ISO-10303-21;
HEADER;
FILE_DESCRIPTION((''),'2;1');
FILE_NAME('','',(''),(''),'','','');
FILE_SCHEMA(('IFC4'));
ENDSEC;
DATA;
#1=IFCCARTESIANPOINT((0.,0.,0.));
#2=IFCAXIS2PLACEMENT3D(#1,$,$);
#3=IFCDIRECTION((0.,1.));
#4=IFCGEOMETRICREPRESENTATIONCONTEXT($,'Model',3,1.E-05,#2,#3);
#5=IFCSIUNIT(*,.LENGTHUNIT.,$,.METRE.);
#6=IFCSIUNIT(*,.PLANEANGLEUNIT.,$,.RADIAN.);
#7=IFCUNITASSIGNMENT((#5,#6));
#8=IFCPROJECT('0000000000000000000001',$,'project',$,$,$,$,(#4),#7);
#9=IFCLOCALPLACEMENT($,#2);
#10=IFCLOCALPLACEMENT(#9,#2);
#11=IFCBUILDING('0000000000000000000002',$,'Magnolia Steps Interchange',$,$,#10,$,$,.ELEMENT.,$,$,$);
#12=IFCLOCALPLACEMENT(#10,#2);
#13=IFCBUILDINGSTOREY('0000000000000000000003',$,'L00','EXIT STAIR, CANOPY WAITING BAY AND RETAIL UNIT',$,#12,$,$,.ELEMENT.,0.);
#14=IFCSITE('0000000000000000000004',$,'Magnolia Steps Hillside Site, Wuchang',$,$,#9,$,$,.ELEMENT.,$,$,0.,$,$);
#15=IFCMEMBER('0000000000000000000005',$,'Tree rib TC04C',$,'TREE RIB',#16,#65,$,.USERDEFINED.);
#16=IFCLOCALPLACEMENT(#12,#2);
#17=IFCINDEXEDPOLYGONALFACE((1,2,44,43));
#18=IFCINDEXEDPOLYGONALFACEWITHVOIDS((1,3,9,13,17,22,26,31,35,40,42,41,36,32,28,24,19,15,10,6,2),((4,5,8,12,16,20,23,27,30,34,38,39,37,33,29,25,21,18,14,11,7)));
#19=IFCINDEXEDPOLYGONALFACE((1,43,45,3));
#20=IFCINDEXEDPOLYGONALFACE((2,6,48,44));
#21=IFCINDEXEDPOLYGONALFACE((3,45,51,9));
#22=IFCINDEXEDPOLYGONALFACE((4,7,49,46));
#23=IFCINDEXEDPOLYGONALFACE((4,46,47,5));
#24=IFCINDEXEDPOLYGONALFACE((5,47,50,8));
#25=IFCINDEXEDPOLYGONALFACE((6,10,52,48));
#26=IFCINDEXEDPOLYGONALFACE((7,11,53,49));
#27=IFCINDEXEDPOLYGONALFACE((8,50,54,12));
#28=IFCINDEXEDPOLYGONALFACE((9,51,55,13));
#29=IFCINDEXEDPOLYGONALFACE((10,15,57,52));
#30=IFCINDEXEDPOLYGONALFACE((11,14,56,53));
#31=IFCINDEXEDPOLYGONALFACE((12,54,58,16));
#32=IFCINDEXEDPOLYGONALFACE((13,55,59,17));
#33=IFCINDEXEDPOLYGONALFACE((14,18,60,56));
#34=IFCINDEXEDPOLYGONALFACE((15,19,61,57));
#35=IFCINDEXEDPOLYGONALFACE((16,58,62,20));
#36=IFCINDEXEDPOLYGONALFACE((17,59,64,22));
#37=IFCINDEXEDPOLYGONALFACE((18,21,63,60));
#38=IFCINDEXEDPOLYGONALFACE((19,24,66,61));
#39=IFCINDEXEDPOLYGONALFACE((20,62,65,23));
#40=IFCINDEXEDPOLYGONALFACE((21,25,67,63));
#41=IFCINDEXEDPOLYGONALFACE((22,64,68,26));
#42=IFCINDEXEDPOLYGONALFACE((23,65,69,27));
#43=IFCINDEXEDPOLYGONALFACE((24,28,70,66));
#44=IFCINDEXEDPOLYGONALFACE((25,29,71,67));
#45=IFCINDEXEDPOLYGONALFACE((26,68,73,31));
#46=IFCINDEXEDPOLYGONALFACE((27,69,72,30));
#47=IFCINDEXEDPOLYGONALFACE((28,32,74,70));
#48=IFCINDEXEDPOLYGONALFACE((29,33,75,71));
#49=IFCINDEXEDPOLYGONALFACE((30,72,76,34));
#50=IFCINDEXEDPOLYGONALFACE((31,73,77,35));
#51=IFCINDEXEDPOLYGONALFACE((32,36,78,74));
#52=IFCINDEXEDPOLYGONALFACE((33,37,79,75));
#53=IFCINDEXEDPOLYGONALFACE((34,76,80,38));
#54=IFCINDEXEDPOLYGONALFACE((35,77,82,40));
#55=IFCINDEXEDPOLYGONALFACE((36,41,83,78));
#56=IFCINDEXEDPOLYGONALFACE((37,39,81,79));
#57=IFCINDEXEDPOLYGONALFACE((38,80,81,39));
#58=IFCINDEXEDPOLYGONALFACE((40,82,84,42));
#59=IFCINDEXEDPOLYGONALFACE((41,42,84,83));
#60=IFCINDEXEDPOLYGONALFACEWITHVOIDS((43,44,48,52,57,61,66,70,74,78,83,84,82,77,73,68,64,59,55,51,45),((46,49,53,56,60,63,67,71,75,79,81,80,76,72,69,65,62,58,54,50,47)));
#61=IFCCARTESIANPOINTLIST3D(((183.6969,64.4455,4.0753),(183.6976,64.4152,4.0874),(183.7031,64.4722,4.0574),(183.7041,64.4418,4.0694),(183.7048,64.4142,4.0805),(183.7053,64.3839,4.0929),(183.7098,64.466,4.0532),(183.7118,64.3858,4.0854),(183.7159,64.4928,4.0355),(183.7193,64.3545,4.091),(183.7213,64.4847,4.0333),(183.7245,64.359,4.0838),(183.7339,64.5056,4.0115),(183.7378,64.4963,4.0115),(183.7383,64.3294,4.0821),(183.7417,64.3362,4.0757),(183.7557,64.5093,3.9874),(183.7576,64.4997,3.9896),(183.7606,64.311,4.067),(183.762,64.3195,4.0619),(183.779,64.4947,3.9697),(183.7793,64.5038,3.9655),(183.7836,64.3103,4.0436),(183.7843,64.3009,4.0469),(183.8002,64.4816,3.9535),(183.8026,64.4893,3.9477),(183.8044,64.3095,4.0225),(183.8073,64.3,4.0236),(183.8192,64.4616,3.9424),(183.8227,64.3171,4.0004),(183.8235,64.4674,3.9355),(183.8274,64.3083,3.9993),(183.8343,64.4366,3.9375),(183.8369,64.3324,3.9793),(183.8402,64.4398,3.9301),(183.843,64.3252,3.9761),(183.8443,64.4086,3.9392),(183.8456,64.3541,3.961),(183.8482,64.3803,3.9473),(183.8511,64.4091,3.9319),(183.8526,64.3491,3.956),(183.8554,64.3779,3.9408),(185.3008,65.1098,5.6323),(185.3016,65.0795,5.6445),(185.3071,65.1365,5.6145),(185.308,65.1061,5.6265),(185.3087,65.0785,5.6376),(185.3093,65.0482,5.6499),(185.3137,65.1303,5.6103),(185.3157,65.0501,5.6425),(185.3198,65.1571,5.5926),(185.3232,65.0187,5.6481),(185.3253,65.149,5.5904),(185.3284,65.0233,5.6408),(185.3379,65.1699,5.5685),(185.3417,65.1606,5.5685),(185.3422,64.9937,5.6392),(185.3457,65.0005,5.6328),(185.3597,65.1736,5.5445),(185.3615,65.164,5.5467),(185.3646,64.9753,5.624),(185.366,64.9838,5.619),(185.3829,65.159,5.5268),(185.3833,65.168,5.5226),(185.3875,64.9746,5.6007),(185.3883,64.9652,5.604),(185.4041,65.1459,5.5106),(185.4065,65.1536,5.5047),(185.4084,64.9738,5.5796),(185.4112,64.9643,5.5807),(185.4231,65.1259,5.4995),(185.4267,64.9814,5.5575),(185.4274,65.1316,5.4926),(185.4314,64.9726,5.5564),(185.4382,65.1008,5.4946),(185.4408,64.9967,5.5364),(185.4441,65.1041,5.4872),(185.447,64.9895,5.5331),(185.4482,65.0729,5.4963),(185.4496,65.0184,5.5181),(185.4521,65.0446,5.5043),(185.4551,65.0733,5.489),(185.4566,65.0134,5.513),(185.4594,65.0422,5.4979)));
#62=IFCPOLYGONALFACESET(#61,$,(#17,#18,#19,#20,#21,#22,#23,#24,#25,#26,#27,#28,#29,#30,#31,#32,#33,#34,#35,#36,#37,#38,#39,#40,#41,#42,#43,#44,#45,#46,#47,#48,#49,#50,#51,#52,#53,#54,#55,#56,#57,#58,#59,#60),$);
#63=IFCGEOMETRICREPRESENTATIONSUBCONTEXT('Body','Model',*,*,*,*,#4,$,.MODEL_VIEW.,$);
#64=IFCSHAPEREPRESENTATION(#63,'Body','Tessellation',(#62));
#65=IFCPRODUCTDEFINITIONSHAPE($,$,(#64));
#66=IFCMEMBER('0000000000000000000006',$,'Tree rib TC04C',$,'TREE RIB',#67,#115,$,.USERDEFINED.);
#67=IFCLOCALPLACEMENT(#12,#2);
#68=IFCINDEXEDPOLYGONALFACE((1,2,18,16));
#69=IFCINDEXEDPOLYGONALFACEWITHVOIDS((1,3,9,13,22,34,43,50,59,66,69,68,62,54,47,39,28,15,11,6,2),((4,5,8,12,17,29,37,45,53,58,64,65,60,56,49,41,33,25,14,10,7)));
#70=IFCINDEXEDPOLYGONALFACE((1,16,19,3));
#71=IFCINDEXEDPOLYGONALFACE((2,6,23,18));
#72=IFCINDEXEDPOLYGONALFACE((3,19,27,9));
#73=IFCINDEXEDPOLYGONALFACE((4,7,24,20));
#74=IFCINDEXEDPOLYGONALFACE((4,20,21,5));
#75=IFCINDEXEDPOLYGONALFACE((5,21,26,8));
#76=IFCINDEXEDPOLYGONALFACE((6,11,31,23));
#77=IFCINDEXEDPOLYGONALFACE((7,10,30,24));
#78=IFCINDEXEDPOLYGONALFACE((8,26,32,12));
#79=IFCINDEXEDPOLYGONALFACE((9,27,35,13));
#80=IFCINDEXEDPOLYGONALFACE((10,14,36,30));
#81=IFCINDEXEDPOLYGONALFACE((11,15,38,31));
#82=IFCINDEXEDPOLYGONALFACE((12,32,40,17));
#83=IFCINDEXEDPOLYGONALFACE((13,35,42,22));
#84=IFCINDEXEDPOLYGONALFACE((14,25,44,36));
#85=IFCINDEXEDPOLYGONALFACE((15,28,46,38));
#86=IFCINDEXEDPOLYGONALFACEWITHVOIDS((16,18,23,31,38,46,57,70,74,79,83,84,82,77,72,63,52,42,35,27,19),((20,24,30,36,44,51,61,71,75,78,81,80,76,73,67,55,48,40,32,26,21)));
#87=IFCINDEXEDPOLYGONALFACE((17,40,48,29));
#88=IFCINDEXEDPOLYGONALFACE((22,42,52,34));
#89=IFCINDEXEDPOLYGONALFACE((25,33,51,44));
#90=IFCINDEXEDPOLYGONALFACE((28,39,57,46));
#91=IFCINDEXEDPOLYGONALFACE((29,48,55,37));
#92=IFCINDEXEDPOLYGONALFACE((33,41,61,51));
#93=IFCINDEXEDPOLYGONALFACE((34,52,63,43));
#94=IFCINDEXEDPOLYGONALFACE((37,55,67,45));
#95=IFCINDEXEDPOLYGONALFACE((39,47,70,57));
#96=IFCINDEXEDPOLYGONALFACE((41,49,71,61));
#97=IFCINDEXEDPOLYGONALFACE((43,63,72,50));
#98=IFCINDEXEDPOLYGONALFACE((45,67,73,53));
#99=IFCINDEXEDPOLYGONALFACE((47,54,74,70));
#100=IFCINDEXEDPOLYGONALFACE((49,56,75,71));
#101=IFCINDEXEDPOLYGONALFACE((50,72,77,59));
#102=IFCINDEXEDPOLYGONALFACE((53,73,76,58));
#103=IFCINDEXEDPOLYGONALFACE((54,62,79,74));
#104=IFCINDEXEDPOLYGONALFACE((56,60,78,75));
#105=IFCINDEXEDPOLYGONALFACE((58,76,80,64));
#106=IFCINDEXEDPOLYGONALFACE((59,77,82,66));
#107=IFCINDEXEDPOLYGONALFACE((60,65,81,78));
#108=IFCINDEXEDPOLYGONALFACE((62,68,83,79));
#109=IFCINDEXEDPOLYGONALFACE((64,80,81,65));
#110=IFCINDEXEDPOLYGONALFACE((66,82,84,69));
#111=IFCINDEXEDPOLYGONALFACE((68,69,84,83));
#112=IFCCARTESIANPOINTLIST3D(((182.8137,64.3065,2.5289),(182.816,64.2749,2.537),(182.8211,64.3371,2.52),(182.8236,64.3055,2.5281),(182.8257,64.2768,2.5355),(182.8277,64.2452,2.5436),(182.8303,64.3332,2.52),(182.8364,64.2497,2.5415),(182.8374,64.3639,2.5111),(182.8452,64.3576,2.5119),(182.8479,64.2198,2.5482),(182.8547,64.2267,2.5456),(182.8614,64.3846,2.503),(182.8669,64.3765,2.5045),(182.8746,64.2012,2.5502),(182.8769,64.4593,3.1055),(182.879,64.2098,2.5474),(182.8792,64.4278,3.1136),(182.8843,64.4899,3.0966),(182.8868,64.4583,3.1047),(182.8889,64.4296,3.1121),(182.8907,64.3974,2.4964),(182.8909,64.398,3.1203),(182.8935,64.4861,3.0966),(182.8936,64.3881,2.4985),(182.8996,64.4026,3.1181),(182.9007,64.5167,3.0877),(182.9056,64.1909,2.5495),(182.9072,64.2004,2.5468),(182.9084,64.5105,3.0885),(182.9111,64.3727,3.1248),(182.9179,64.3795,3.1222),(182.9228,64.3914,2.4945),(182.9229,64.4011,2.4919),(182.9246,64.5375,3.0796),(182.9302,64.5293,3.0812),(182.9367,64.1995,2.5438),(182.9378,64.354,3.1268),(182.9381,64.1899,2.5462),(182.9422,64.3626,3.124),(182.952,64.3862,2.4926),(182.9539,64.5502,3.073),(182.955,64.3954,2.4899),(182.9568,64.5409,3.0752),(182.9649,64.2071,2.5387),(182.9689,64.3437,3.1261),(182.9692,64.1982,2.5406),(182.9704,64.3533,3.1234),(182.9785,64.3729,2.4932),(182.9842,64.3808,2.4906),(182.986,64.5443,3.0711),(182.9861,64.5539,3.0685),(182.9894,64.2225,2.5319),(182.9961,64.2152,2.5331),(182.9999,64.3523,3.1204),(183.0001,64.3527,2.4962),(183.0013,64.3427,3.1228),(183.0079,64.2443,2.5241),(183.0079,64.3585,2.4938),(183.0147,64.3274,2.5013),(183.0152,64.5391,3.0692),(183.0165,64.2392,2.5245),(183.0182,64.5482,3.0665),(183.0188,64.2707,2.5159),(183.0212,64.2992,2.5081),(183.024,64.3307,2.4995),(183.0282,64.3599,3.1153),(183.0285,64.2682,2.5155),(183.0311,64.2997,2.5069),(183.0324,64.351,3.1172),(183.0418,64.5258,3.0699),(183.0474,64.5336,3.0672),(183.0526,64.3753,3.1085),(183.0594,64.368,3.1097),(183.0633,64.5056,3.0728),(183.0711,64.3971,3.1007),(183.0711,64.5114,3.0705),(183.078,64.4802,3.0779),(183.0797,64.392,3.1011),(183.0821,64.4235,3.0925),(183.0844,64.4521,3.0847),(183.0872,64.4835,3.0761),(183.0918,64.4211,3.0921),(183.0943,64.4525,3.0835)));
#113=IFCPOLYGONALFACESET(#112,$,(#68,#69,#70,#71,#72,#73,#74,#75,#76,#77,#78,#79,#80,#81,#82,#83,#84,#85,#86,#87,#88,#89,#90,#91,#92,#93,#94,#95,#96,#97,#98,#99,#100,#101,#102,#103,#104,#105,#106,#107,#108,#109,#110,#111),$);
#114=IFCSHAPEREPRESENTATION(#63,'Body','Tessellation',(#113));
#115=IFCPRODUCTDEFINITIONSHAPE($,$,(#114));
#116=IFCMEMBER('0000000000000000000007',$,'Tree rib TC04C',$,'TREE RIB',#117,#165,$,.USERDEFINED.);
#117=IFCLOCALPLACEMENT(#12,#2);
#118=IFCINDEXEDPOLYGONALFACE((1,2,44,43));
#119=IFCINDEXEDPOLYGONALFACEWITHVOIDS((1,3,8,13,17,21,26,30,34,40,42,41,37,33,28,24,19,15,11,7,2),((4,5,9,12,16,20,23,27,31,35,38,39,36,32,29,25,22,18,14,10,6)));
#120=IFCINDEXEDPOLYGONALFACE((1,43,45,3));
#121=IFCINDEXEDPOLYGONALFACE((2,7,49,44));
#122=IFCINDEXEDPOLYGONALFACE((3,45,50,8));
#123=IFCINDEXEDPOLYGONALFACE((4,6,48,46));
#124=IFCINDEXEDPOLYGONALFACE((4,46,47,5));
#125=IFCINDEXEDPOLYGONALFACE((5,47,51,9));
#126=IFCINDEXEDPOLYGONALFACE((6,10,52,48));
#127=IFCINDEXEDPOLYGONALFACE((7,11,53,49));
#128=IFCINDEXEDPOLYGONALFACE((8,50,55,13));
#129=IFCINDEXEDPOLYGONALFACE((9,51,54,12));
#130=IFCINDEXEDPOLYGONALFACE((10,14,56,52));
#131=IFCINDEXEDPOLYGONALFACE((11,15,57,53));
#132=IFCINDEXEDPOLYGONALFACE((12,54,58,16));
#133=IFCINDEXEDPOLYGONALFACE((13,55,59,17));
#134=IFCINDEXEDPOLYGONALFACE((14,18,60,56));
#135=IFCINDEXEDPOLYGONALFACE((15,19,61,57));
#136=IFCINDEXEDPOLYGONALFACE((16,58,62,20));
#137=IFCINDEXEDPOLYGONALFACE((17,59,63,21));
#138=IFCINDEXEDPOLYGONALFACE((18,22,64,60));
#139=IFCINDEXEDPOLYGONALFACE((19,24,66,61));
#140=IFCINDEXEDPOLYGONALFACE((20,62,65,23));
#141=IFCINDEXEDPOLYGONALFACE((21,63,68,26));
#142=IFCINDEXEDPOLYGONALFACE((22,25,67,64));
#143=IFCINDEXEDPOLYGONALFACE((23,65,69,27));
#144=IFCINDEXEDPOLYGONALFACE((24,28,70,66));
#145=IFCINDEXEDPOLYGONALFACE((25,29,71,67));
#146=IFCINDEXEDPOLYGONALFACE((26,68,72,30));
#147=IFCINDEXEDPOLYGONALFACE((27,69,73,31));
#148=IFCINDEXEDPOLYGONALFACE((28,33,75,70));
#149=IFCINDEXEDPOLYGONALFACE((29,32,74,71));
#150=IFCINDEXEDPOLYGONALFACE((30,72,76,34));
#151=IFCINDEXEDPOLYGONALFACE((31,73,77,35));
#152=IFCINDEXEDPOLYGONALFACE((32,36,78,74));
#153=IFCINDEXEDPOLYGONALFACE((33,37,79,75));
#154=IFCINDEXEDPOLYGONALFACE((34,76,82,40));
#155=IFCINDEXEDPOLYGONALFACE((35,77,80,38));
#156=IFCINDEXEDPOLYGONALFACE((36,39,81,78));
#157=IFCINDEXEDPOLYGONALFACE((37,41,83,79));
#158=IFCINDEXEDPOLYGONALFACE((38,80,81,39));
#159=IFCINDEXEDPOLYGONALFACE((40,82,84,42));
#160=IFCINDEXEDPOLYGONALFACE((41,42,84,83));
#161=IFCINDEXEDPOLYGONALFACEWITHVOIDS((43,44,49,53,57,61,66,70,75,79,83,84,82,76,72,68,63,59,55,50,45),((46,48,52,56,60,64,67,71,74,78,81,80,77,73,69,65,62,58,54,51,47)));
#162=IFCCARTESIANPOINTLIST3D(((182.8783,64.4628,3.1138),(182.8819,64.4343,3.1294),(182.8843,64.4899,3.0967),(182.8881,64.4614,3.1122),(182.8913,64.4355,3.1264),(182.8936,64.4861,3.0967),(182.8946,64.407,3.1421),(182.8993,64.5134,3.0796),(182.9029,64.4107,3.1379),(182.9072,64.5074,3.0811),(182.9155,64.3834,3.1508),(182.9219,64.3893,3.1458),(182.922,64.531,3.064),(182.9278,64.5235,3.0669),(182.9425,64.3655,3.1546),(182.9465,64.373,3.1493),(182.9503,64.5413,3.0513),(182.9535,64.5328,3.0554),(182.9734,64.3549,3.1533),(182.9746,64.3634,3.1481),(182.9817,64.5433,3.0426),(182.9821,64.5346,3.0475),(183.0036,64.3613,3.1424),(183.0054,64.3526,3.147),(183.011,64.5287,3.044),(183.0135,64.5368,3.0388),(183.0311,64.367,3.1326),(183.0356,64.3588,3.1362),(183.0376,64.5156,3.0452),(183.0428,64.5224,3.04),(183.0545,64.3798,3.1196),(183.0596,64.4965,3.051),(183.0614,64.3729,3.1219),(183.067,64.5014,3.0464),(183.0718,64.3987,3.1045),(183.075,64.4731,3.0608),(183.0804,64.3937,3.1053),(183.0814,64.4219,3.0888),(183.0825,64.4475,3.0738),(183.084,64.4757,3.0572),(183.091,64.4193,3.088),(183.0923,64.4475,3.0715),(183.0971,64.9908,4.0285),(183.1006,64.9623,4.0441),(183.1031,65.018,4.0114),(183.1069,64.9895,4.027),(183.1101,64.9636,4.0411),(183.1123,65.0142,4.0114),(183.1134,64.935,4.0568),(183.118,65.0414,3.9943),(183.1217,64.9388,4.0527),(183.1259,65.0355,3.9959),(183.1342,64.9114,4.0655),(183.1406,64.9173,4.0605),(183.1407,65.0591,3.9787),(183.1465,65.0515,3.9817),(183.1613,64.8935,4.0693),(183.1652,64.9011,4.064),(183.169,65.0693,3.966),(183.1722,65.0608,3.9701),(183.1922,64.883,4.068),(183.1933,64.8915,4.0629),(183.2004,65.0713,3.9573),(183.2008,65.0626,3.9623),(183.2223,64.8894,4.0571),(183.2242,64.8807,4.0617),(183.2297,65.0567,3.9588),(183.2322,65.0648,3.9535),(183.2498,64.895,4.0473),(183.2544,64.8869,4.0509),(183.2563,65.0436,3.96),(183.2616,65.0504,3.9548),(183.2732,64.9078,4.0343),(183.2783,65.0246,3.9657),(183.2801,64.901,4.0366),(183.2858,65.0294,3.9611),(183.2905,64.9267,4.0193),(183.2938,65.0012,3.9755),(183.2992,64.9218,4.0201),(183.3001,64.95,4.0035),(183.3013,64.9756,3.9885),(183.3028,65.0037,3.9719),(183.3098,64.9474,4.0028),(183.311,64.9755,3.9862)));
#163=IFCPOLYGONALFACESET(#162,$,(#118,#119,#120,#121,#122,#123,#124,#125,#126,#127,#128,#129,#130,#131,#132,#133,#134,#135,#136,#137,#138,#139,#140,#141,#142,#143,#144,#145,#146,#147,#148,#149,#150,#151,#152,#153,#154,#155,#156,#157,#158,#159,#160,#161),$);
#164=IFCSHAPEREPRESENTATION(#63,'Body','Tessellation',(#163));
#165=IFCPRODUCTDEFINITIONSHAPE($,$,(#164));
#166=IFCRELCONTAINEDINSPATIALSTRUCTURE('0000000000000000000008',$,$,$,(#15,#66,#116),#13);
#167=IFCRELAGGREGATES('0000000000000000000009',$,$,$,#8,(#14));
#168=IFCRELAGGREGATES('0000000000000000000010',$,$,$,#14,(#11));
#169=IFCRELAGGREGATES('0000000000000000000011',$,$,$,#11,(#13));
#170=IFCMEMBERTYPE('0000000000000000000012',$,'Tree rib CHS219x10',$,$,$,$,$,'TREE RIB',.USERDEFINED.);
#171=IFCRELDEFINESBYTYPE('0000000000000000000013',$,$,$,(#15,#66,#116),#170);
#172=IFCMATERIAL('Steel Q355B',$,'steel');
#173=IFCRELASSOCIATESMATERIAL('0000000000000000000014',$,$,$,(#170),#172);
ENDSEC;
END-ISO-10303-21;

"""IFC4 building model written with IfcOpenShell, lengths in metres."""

from ifc_helpers import new_model, si_unit, direction, frame, origin, origin_2d, place, context, subcontext, project, spatial, hollow_circle, extrude, material, material_profile, profile_set, type_object, element, save


model = new_model("IFC4")

# Units and contexts
model_context = context("Model", 3, precision=1e-05, world=origin(), true_north=direction((0.0, 1.0)))
body_context = subcontext(model_context, "Body", "Model", "MODEL_VIEW")
ifc_project = project(units=[si_unit("LENGTHUNIT", "METRE"), si_unit("PLANEANGLEUNIT", "RADIAN")], contexts=[model_context])

# Site, building, storey
site_placement = place(None, origin())
site = spatial("IfcSite", under=ifc_project, at=site_placement, Name="Magnolia Steps Hillside Site, Wuchang", CompositionType="ELEMENT", RefElevation=0.0)
building_placement = place(site_placement, origin())
building = spatial("IfcBuilding", under=site, at=building_placement, Name="Magnolia Steps Interchange", CompositionType="ELEMENT")
storey_placement = place(building_placement, origin())
storey = spatial("IfcBuildingStorey", under=building, at=storey_placement, Name="L00", Description="EXIT STAIR, CANOPY WAITING BAY AND RETAIL UNIT", CompositionType="ELEMENT", Elevation=0.0)

# Members
ifc_material_1 = material(Name="Steel Q355B", Category="steel")
ifc_material_profile_1 = material_profile(ifc_material_1, hollow_circle(Radius=0.1096, WallThickness=0.01, at=origin_2d()), Name="CHS219x10")
ifc_profile_set_1 = profile_set([ifc_material_profile_1], Name="Steel Q355B")
member_type = type_object("IfcMemberType", Name="Tree rib CHS219x10", ElementType="TREE RIB", PredefinedType="USERDEFINED", material=ifc_profile_set_1)
member_1_placement = place(storey_placement, frame((183.7759, 64.4043, 4.0115), z_axis=(0.687788, 0.284851, 0.667688), x_axis=(-0.382637, 0.923899, 0.0)))
element("IfcMember", 1, at=member_1_placement, inside=storey, type_object=member_type, Name="Tree rib TC04C", ObjectType="TREE RIB", PredefinedType="USERDEFINED", context=body_context, shape_type="SweptSolid", body=[
    extrude(hollow_circle(Radius=0.1096, WallThickness=0.01, at=origin_2d()), origin(), (0.0, 0.0, 1.0), 2.332),
])
member_2_placement = place(storey_placement, frame((182.9224, 64.2952, 2.52), z_axis=(0.105403, 0.254758, 0.961243), x_axis=(-0.924035, 0.382308, 0.0)))
element("IfcMember", 2, at=member_2_placement, inside=storey, type_object=member_type, Name="Tree rib TC04C", ObjectType="TREE RIB", PredefinedType="USERDEFINED", context=body_context, shape_type="SweptSolid", body=[
    extrude(hollow_circle(Radius=0.1096, WallThickness=0.01, at=origin_2d()), origin(), (0.0, 0.0, 1.0), 0.5999),
])
member_3_placement = place(storey_placement, frame((182.9856, 64.448, 3.0967), z_axis=(0.202793, 0.489555, 0.848063), x_axis=(-0.923871, 0.382704, 0.0)))
element("IfcMember", 3, at=member_3_placement, inside=storey, type_object=member_type, Name="Tree rib TC04C", ObjectType="TREE RIB", PredefinedType="USERDEFINED", context=body_context, shape_type="SweptSolid", body=[
    extrude(hollow_circle(Radius=0.1096, WallThickness=0.01, at=origin_2d()), origin(), (0.0, 0.0, 1.0), 1.0786),
])

save(model, "model.ifc")
